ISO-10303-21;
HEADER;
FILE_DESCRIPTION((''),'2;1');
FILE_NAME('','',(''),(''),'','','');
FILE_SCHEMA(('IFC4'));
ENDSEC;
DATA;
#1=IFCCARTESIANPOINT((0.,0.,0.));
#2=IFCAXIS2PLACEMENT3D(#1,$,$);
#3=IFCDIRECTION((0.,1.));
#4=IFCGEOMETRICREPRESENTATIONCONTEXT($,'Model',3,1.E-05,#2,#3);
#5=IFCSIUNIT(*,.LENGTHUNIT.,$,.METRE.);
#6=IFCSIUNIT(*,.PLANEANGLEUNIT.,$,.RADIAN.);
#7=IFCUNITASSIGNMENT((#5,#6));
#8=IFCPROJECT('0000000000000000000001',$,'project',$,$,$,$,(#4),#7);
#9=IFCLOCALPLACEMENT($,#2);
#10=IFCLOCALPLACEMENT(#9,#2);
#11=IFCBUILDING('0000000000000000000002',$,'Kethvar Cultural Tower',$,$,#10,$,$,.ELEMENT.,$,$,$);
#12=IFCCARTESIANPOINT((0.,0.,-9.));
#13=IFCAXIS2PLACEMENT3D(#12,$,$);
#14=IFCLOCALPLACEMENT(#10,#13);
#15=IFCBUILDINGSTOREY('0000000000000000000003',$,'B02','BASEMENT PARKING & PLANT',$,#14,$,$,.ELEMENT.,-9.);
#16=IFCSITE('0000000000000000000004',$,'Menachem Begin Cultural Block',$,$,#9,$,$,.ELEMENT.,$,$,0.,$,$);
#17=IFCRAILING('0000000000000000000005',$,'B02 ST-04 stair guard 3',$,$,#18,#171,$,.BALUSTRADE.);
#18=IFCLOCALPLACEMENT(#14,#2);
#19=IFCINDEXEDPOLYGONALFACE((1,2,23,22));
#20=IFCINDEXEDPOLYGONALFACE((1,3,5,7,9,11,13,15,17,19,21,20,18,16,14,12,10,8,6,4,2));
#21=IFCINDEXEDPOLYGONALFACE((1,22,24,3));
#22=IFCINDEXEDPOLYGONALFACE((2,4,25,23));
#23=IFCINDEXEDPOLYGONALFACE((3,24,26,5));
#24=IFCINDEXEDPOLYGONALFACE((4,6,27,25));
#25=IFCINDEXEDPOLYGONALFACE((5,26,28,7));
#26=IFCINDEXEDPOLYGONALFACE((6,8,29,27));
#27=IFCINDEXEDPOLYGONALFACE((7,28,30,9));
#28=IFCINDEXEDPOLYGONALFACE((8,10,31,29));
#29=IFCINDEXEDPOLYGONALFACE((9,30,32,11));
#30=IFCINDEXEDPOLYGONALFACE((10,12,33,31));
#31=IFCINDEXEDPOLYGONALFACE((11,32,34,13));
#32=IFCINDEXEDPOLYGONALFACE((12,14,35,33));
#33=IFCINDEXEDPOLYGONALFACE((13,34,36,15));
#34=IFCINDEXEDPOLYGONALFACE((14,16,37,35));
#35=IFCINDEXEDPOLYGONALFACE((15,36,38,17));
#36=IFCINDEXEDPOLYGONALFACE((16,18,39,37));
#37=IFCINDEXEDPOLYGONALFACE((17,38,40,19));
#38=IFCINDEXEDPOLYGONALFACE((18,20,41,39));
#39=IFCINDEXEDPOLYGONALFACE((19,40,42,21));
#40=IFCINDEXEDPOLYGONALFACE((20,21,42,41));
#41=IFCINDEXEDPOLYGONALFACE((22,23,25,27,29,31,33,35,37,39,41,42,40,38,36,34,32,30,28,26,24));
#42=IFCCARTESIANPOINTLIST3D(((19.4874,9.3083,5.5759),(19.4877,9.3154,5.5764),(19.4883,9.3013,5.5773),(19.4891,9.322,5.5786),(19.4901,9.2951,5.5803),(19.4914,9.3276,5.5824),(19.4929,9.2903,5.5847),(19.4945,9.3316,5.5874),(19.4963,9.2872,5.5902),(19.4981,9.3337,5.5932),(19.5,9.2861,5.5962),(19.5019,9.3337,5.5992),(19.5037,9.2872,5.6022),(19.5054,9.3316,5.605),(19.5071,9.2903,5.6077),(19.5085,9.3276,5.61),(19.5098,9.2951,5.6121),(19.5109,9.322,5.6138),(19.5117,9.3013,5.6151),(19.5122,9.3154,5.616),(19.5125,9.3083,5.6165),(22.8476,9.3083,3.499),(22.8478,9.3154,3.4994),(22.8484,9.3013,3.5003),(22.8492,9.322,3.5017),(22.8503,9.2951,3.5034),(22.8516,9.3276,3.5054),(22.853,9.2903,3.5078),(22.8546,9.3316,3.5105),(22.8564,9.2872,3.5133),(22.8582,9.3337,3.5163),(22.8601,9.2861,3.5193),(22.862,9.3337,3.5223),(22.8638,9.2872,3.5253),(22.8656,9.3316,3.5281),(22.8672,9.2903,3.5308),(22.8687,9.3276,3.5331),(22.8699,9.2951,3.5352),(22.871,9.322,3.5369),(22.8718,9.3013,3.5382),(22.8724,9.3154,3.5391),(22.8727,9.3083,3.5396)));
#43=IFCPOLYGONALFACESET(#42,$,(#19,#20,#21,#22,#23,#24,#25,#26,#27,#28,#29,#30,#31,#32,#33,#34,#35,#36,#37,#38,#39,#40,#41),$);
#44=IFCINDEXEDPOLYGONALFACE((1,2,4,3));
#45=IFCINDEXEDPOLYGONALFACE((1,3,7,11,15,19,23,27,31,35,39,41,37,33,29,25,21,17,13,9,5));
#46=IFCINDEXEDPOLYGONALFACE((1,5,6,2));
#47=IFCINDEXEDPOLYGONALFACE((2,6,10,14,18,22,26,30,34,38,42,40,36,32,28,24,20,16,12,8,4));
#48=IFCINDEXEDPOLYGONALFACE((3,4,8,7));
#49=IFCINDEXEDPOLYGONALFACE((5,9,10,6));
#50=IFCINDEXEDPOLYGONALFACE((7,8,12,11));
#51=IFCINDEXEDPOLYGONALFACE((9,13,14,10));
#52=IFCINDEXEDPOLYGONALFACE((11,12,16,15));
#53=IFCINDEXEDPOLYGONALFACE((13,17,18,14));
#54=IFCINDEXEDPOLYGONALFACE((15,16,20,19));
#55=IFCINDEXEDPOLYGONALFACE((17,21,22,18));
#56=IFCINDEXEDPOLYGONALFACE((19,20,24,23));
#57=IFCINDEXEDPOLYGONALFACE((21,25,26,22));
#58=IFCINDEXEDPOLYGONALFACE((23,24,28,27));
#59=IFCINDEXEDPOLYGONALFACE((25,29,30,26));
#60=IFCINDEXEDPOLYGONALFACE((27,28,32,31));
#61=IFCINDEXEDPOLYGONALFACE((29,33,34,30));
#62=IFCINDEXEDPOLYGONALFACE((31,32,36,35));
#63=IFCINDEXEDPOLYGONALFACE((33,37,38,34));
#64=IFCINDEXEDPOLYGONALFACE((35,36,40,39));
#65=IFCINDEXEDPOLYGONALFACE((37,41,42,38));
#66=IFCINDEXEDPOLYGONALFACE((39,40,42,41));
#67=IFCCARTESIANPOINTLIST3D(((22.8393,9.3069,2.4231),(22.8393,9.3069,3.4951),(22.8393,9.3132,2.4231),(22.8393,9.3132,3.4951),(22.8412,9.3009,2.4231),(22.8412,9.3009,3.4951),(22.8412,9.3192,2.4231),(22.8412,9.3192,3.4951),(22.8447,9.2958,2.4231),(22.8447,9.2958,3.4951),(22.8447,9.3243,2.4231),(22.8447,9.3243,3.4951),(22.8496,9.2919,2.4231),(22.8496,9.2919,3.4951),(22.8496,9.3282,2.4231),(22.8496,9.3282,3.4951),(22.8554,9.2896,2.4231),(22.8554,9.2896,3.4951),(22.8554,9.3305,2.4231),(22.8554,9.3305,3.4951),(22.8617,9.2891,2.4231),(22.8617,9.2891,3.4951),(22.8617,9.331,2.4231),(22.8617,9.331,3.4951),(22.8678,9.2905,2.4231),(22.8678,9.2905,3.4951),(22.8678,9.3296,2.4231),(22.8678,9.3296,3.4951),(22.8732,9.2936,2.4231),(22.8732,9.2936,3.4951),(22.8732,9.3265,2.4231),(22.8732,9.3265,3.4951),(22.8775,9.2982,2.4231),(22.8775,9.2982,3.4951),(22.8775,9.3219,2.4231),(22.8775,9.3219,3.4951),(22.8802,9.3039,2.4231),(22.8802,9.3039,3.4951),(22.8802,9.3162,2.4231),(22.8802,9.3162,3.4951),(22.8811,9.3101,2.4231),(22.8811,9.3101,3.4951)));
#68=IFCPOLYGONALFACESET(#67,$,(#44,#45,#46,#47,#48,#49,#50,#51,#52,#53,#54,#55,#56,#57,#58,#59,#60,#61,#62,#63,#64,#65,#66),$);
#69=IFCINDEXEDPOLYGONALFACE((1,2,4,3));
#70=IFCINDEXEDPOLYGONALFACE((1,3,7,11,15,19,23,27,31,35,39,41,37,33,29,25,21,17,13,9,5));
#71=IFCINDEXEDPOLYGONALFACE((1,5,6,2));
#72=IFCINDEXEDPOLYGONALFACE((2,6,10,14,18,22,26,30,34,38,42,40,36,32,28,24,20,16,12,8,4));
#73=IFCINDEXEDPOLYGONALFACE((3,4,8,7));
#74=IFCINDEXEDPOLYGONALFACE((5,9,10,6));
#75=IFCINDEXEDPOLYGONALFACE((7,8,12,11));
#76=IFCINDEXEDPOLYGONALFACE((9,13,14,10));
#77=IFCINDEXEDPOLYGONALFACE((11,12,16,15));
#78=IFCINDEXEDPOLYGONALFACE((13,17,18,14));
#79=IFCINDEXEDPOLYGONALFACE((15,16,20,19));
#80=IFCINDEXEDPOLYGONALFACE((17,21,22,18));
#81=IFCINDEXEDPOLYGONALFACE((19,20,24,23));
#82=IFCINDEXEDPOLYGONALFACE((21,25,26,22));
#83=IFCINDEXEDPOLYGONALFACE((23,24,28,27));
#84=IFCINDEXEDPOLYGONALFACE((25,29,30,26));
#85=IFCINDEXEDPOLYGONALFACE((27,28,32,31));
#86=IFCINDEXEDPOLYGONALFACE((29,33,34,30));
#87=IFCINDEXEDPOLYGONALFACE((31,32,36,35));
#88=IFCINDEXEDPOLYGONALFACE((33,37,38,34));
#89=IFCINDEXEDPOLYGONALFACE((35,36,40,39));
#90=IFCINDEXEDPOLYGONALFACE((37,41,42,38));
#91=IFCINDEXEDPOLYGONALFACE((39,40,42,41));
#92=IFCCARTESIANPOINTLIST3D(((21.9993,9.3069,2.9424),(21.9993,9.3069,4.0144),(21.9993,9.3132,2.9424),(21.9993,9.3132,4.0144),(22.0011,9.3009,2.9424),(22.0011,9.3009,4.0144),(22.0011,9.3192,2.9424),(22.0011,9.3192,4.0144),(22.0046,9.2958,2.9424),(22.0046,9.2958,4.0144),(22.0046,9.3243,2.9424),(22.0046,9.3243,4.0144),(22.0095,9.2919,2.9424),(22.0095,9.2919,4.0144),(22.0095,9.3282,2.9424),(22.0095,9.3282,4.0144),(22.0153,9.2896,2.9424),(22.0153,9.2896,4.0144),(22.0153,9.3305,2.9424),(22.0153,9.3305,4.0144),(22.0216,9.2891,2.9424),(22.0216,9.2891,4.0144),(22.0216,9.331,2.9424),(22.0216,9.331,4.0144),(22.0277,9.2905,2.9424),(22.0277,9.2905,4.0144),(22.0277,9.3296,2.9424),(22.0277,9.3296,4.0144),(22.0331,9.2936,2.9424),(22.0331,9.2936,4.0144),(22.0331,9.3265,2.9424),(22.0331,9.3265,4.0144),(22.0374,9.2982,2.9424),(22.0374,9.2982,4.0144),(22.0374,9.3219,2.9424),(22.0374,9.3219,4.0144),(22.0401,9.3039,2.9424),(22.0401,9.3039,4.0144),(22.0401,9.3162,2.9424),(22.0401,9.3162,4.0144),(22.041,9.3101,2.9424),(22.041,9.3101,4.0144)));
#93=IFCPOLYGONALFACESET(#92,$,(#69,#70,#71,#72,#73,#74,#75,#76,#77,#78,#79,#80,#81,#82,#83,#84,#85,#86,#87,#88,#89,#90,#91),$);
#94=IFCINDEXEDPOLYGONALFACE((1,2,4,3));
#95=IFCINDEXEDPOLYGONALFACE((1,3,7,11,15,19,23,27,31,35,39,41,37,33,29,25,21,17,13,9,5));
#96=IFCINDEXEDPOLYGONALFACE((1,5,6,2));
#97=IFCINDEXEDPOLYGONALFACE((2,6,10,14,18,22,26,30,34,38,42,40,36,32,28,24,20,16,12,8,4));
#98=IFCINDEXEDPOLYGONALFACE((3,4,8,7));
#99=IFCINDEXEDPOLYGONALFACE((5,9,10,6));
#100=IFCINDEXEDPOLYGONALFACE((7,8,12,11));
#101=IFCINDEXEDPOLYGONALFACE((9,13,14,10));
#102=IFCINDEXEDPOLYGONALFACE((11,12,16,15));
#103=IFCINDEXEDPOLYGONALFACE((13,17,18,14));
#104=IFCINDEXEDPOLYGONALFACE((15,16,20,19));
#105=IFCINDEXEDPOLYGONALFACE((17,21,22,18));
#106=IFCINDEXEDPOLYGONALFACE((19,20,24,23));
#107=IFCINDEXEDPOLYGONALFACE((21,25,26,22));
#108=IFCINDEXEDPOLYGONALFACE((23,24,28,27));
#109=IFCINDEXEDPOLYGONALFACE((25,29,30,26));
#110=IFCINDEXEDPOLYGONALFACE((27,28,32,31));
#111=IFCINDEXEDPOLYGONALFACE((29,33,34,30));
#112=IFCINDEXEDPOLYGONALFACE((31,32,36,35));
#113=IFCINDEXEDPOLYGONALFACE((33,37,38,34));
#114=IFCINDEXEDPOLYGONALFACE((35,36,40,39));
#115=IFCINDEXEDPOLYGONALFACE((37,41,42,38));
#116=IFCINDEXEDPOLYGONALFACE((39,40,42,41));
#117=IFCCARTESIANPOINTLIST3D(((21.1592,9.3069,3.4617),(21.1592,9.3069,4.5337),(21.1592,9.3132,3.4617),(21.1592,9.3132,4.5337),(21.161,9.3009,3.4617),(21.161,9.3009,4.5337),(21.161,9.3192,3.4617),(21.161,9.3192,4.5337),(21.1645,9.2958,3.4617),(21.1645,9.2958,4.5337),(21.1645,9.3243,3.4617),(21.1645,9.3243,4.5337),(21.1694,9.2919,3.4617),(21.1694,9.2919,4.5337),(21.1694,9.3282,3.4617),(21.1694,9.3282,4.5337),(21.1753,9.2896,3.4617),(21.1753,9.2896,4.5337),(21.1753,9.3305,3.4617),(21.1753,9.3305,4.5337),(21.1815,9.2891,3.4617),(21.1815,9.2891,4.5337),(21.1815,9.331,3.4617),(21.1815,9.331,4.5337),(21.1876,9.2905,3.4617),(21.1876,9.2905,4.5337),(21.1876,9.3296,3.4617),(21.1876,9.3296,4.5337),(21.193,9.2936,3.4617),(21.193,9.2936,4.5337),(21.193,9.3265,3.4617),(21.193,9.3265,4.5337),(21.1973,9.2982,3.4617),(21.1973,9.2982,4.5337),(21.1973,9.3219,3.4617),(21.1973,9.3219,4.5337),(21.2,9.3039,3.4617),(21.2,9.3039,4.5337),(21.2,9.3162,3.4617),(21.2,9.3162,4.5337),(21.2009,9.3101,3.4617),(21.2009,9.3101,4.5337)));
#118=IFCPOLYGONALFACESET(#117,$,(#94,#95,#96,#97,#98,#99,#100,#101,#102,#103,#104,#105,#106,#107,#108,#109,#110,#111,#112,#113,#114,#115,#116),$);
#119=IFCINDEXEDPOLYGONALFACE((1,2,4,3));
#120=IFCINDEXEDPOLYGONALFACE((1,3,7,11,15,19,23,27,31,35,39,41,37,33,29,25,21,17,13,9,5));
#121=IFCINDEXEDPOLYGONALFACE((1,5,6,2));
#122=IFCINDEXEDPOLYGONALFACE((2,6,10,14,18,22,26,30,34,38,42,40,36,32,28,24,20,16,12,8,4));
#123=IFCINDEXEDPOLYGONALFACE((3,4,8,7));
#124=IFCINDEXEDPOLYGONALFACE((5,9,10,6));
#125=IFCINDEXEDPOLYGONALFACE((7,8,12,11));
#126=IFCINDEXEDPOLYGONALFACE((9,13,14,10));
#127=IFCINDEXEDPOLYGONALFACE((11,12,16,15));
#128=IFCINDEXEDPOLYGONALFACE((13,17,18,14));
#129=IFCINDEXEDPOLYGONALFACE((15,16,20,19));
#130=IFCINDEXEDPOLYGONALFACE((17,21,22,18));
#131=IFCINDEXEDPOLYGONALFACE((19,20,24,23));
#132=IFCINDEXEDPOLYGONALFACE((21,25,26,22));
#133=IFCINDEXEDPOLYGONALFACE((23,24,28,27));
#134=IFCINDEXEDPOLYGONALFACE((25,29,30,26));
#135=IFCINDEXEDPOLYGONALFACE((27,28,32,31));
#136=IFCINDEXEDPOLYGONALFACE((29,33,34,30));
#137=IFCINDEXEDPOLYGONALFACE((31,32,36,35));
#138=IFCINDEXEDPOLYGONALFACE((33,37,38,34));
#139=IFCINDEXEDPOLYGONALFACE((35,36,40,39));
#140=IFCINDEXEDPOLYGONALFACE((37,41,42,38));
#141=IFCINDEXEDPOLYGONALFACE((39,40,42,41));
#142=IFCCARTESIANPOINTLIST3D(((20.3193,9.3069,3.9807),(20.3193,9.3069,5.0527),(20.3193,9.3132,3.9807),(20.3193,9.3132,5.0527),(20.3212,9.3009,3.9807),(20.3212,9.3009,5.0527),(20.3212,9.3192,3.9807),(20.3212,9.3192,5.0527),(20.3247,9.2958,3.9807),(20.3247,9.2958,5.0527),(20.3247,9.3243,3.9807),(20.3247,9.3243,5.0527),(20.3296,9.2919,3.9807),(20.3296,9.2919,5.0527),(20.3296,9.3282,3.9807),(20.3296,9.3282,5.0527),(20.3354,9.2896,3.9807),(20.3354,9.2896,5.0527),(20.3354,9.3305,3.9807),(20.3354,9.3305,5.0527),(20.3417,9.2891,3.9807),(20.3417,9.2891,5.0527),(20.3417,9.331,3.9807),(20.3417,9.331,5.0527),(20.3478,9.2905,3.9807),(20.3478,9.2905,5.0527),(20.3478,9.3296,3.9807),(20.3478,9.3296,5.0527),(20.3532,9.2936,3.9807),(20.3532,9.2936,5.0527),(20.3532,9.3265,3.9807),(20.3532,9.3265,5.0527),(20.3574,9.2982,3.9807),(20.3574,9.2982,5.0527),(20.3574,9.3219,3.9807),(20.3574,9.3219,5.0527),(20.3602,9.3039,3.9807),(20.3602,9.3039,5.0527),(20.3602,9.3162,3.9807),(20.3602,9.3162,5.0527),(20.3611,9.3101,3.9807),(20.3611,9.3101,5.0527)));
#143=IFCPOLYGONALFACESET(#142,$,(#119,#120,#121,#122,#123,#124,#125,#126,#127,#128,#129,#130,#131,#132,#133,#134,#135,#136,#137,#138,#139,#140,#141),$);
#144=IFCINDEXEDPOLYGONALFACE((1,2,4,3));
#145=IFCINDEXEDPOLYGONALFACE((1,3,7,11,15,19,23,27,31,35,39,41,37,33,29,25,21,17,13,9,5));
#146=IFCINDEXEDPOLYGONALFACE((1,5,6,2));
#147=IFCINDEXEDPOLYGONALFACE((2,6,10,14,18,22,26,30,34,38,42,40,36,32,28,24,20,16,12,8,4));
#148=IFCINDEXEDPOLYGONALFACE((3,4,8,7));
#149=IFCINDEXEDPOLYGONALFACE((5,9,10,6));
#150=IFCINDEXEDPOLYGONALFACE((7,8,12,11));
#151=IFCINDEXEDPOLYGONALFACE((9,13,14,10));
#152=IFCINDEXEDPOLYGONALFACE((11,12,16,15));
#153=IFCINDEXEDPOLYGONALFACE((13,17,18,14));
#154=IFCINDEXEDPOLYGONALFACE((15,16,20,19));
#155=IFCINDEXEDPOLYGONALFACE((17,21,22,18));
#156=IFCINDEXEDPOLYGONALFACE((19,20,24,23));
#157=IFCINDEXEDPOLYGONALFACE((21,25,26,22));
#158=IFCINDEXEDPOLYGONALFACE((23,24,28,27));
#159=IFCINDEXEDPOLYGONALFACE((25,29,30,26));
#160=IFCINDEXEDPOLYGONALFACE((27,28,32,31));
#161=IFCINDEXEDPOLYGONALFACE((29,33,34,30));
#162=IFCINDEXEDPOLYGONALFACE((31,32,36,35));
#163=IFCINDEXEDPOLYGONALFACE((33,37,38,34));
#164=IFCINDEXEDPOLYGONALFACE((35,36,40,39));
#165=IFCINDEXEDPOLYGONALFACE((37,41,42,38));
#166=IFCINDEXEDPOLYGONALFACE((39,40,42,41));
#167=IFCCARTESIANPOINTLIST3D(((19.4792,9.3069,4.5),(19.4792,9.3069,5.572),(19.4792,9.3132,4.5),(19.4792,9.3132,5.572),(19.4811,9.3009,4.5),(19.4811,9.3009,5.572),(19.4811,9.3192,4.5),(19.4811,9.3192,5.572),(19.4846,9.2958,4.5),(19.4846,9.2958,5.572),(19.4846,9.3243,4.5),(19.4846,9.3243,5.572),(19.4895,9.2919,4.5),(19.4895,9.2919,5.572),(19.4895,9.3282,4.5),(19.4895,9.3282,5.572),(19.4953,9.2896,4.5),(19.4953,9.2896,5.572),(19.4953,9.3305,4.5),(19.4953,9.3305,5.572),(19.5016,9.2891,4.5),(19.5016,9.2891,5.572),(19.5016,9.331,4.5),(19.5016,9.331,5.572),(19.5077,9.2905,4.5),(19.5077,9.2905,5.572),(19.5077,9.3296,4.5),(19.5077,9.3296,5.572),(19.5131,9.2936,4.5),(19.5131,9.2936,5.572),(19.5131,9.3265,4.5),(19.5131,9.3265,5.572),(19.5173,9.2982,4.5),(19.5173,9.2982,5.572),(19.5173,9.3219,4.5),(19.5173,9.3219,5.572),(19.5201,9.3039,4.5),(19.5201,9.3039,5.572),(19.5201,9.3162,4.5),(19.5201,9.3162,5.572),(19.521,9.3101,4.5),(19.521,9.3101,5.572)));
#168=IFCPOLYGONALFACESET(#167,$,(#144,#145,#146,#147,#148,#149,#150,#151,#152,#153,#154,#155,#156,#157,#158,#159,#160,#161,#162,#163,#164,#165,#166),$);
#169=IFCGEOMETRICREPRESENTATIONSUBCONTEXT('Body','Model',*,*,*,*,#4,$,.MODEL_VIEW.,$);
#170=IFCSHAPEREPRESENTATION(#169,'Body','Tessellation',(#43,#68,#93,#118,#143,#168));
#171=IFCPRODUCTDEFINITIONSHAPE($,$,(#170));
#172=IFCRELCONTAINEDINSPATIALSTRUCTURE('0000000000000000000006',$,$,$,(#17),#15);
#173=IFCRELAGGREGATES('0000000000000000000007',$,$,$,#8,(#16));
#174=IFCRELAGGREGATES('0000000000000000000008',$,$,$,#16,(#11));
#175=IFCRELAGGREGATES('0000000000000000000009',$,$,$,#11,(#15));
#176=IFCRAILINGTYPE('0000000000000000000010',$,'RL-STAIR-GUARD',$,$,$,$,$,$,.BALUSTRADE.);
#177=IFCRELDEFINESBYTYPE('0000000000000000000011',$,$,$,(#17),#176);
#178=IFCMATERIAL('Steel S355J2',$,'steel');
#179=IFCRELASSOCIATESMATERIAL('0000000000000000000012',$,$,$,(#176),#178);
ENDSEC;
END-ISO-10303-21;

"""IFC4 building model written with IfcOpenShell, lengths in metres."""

from ifc_helpers import new_model, si_unit, direction, frame, origin, origin_2d, place, context, subcontext, project, spatial, circle, extrude, material, type_object, element, save


model = new_model("IFC4")

# Units and contexts
model_context = context("Model", 3, precision=1e-05, world=origin(), true_north=direction((0.0, 1.0)))
body_context = subcontext(model_context, "Body", "Model", "MODEL_VIEW")
ifc_project = project(units=[si_unit("LENGTHUNIT", "METRE"), si_unit("PLANEANGLEUNIT", "RADIAN")], contexts=[model_context])

# Site, building, storey
site_placement = place(None, origin())
site = spatial("IfcSite", under=ifc_project, at=site_placement, Name="Menachem Begin Cultural Block", CompositionType="ELEMENT", RefElevation=0.0)
building_placement = place(site_placement, origin())
building = spatial("IfcBuilding", under=site, at=building_placement, Name="Kethvar Cultural Tower", CompositionType="ELEMENT")
storey_placement = place(building_placement, frame((0.0, 0.0, -9.0)))
storey = spatial("IfcBuildingStorey", under=building, at=storey_placement, Name="B02", Description="BASEMENT PARKING & PLANT", CompositionType="ELEMENT", Elevation=-9.0)

# Shared definitions
ifc_material_1 = material(Name="Steel S355J2", Category="steel")

# Railing
railing_type_1 = type_object("IfcRailingType", Name="RL-STAIR-GUARD", PredefinedType="BALUSTRADE", material=ifc_material_1)
railing_1_placement = place(storey_placement, frame((22.8601, 9.3101, 2.4231)))
element("IfcRailing", 1, at=railing_1_placement, inside=storey, type_object=railing_type_1, Name="B02 ST-04 stair guard 3", PredefinedType="BALUSTRADE", context=body_context, shape_type="SweptSolid", body=[
    extrude(circle(Radius=0.0239, at=origin_2d()), frame((0.0, 0.0, 1.0962), z_axis=(-0.850623, 0.0, 0.525776), x_axis=(0.0, -1.0, 0.0)), (0.0, 0.0, 1.0), 3.9502),
    extrude(circle(Radius=0.021, at=origin_2d()), origin(), (0.0, 0.0, 1.0), 1.072),
    extrude(circle(Radius=0.021, at=origin_2d()), frame((-0.8401, 0.0, 0.5193)), (0.0, 0.0, 1.0), 1.072),
    extrude(circle(Radius=0.021, at=origin_2d()), frame((-1.6802, 0.0, 1.0386)), (0.0, 0.0, 1.0), 1.072),
    extrude(circle(Radius=0.021, at=origin_2d()), frame((-2.52, 0.0, 1.5576)), (0.0, 0.0, 1.0), 1.072),
    extrude(circle(Radius=0.021, at=origin_2d()), frame((-3.3601, 0.0, 2.0769)), (0.0, 0.0, 1.0), 1.072),
])

save(model, "model.ifc")
